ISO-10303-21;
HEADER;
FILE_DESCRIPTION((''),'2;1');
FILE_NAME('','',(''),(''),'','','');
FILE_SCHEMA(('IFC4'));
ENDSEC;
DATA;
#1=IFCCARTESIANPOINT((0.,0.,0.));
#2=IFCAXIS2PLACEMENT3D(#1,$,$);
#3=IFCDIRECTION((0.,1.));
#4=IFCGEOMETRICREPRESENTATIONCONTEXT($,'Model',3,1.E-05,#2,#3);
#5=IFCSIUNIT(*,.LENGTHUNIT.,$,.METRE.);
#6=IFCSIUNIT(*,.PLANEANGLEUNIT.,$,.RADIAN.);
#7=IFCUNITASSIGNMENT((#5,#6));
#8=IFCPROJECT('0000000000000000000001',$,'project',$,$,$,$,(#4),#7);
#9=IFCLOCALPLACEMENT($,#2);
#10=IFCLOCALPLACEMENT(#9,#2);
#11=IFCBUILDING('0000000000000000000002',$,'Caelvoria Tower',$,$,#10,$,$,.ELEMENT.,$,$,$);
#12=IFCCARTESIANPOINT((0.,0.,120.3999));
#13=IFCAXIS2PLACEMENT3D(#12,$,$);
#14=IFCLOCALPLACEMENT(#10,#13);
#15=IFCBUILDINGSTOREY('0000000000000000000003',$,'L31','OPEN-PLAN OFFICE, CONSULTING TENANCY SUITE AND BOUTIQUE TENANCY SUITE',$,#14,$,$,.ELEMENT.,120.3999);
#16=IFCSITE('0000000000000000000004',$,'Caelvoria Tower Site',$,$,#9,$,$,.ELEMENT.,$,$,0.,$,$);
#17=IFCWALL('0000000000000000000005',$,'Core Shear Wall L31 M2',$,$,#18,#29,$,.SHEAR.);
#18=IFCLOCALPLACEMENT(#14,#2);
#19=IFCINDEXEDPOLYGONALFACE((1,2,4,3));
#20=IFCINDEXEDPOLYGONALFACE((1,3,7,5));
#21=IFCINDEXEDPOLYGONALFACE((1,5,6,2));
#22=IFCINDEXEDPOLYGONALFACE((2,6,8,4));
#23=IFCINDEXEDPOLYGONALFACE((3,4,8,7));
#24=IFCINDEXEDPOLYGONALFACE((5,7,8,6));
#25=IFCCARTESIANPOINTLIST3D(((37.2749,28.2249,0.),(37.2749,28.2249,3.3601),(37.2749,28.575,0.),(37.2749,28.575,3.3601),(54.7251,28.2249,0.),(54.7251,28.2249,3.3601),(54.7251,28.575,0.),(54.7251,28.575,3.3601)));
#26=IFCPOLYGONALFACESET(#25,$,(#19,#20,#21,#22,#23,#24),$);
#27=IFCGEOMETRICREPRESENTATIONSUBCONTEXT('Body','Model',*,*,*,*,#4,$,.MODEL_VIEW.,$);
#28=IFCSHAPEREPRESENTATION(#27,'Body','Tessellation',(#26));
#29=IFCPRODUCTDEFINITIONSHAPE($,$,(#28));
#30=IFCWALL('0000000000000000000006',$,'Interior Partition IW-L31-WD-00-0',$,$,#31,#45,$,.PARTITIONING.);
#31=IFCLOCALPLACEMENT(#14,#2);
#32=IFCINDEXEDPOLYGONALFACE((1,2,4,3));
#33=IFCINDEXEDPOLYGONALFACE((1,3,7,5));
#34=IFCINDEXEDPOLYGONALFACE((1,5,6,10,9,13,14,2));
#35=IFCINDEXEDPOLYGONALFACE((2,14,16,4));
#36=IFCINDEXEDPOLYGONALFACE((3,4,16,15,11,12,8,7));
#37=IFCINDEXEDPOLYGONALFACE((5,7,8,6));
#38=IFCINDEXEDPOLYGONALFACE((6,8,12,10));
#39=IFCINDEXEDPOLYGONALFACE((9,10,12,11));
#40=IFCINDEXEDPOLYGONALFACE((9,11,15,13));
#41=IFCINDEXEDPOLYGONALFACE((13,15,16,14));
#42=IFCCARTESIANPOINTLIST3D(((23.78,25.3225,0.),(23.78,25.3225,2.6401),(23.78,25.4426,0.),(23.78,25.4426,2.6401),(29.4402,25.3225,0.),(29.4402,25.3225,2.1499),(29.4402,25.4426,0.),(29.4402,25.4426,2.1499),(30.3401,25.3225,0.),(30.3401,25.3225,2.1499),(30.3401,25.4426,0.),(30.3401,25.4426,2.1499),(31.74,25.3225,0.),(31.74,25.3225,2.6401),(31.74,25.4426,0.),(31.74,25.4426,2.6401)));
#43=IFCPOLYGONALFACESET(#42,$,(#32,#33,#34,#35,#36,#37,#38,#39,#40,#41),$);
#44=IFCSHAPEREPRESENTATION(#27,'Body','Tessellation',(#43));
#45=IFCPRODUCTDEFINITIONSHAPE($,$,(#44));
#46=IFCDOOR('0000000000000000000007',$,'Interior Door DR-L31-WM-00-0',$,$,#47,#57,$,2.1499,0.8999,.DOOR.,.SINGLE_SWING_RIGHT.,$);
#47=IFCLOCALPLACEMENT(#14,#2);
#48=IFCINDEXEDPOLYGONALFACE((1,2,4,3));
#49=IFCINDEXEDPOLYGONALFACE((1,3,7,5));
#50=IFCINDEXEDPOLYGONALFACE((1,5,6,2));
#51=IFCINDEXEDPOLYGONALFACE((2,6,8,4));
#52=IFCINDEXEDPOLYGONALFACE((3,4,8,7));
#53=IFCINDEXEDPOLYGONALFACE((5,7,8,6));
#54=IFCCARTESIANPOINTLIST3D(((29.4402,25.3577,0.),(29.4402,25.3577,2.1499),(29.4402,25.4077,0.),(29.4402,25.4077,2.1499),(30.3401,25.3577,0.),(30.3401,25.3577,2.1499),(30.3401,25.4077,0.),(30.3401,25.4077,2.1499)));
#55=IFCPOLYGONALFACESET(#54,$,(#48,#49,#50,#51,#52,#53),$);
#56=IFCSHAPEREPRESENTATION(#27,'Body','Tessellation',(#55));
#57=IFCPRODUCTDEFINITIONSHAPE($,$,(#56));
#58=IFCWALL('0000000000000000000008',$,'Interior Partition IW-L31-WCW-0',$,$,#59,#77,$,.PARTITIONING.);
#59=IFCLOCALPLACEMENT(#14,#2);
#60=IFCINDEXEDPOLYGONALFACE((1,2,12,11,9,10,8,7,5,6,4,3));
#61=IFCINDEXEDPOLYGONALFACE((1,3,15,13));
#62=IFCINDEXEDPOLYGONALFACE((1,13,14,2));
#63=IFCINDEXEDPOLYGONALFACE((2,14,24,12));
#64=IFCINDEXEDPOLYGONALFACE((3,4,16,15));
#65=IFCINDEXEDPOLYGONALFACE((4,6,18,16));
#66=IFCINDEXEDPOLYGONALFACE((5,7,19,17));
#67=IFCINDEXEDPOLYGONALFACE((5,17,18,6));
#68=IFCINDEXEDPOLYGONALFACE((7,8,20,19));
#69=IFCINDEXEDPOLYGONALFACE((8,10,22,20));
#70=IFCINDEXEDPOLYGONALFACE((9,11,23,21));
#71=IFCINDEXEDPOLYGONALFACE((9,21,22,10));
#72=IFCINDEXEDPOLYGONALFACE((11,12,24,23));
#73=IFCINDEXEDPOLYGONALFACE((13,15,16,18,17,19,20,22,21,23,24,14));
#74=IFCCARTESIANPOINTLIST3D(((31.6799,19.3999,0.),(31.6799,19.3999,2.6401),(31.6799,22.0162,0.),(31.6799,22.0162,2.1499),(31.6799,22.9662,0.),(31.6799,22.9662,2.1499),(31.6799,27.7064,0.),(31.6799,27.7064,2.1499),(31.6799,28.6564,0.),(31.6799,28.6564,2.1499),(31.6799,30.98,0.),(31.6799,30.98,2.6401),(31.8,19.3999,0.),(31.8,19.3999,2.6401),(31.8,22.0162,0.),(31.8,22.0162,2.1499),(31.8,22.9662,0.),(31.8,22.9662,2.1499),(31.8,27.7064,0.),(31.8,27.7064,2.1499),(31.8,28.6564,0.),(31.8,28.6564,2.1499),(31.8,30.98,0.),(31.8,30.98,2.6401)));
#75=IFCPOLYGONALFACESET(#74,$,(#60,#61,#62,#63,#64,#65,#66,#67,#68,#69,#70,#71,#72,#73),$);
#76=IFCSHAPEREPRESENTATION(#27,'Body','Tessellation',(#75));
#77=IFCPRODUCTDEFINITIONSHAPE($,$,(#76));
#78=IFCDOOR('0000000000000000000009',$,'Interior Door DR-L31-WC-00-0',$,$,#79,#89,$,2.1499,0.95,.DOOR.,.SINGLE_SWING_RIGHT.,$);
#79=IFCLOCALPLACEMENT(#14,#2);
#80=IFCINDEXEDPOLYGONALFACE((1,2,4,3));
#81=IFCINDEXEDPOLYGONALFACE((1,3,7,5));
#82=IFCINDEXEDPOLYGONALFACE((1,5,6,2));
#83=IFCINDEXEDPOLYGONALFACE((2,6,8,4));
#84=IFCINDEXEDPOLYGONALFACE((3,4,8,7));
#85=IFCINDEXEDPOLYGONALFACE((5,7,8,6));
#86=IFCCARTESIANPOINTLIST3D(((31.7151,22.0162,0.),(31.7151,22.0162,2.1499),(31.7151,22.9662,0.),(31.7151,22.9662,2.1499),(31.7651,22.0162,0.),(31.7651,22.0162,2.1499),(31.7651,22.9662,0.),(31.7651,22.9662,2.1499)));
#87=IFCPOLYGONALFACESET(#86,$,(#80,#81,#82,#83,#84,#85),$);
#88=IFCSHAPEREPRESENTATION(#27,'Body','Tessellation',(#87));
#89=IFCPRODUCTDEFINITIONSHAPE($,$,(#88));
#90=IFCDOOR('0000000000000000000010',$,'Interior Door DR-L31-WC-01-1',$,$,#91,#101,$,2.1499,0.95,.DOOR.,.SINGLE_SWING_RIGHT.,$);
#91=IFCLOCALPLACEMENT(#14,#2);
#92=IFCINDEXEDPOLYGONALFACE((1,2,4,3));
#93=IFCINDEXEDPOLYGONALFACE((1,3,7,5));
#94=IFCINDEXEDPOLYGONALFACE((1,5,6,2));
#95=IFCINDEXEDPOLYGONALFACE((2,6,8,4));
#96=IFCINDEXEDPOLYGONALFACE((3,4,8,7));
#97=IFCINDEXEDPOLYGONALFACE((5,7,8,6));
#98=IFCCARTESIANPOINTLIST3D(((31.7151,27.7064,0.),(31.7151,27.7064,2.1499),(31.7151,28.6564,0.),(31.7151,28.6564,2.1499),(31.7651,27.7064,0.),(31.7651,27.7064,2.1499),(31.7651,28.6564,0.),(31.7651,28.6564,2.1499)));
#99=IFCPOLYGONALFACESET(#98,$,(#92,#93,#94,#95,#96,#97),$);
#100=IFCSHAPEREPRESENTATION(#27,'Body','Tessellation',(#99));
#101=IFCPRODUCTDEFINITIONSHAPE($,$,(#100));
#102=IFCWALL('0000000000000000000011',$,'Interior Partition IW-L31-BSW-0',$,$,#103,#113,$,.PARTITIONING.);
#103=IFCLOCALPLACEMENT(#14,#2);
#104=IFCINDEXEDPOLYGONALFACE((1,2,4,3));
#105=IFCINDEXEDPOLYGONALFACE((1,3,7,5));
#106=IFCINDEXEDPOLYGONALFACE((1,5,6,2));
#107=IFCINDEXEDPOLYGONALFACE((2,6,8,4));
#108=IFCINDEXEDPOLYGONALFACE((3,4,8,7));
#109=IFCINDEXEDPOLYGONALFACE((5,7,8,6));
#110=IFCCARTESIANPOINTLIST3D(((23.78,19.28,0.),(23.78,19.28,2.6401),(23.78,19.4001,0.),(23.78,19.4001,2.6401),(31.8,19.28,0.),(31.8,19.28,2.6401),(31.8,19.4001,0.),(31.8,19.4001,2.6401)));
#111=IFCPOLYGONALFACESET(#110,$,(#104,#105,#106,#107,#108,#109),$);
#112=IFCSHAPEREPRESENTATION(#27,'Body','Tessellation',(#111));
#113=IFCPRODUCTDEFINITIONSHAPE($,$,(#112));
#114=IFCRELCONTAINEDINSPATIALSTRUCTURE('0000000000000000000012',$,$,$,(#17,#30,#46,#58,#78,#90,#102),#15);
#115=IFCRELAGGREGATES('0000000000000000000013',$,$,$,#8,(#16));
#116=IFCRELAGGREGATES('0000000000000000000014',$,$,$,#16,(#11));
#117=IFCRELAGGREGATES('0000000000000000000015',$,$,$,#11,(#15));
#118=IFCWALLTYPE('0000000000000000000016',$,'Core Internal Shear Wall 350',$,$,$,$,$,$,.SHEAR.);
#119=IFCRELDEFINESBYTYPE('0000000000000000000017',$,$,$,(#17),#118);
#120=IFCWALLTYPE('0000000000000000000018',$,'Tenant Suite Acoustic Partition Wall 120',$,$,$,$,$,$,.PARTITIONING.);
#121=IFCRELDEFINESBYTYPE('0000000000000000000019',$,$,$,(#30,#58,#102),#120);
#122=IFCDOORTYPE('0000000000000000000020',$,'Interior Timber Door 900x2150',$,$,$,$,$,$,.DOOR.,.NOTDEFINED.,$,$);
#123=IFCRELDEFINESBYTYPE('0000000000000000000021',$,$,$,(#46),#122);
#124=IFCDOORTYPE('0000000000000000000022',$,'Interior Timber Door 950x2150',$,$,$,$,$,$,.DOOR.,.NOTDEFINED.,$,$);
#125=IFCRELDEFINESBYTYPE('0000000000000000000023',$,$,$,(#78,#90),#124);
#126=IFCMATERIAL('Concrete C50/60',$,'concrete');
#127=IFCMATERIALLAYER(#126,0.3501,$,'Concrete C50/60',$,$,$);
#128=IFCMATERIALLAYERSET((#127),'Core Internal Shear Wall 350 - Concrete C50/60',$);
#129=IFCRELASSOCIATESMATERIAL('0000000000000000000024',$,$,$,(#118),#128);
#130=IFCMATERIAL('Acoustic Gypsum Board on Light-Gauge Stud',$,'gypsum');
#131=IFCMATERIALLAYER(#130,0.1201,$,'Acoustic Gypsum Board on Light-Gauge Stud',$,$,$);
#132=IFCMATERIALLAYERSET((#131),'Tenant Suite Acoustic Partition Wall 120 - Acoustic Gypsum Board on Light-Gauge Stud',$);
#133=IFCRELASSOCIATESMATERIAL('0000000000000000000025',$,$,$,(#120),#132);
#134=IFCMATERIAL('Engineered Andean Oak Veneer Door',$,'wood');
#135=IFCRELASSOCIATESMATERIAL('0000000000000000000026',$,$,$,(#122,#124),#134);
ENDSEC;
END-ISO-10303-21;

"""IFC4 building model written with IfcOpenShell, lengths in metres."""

from ifc_helpers import new_model, si_unit, direction, frame, frame_2d, origin, place, context, subcontext, project, spatial, rectangle, extrude, material, layer, layer_set, type_object, element, fill, save


model = new_model("IFC4")

# Units and contexts
model_context = context("Model", 3, precision=1e-05, world=origin(), true_north=direction((0.0, 1.0)))
body_context = subcontext(model_context, "Body", "Model", "MODEL_VIEW")
ifc_project = project(units=[si_unit("LENGTHUNIT", "METRE"), si_unit("PLANEANGLEUNIT", "RADIAN")], contexts=[model_context])

# Site, building, storey
site_placement = place(None, origin())
site = spatial("IfcSite", under=ifc_project, at=site_placement, Name="Caelvoria Tower Site", CompositionType="ELEMENT", RefElevation=0.0)
building_placement = place(site_placement, origin())
building = spatial("IfcBuilding", under=site, at=building_placement, Name="Caelvoria Tower", CompositionType="ELEMENT")
storey_placement = place(building_placement, frame((0.0, 0.0, 120.3999)))
storey = spatial("IfcBuildingStorey", under=building, at=storey_placement, Name="L31", Description="OPEN-PLAN OFFICE, CONSULTING TENANCY SUITE AND BOUTIQUE TENANCY SUITE", CompositionType="ELEMENT", Elevation=120.3999)

# Shared definitions
ifc_material_1 = material(Name="Concrete C50/60", Category="concrete")
ifc_layer_1 = layer(ifc_material_1, 0.3501, Name="Concrete C50/60")
ifc_layer_set_1 = layer_set([ifc_layer_1], Name="Core Internal Shear Wall 350 - Concrete C50/60")
wall_type_1 = type_object("IfcWallType", Name="Core Internal Shear Wall 350", PredefinedType="SHEAR", material=ifc_layer_set_1)

# Wall
wall_1_placement = place(storey_placement, frame((37.2749, 28.3999, 0.0), z_axis=(0.0, 0.0, 1.0), x_axis=(1.0, 0.0, 0.0)))
element("IfcWall", 1, at=wall_1_placement, inside=storey, type_object=wall_type_1, Name="Core Shear Wall L31 M2", PredefinedType="SHEAR", context=body_context, shape_type="SweptSolid", body=[
    extrude(rectangle(XDim=17.4502, YDim=0.3501, at=frame_2d((8.7251, 0.0))), origin(), (0.0, 0.0, 1.0), 3.3601),
])

# Wall, opening, door
ifc_material_2 = material(Name="Acoustic Gypsum Board on Light-Gauge Stud", Category="gypsum")
ifc_layer_2 = layer(ifc_material_2, 0.1201, Name="Acoustic Gypsum Board on Light-Gauge Stud")
ifc_layer_set_2 = layer_set([ifc_layer_2], Name="Tenant Suite Acoustic Partition Wall 120 - Acoustic Gypsum Board on Light-Gauge Stud")
wall_type_2 = type_object("IfcWallType", Name="Tenant Suite Acoustic Partition Wall 120", PredefinedType="PARTITIONING", material=ifc_layer_set_2)
wall_2_placement = place(storey_placement, frame((31.74, 25.3826, 0.0), z_axis=(0.0, 0.0, 1.0), x_axis=(-1.0, 0.0, 0.0)))
wall_2 = element("IfcWall", 2, at=wall_2_placement, inside=storey, type_object=wall_type_2, Name="Interior Partition IW-L31-WD-00-0", PredefinedType="PARTITIONING", context=body_context, shape_type="SweptSolid", body=[
    extrude(rectangle(XDim=7.96, YDim=0.1201, at=frame_2d((3.98, 0.0))), origin(), (0.0, 0.0, 1.0), 2.6401),
])
opening_1_placement = place(wall_2_placement, frame((1.3999, 0.0, 0.0)))
opening_1 = element("IfcOpeningElement", 3, at=opening_1_placement, cuts=wall_2, PredefinedType="OPENING", context=body_context, shape_type="SweptSolid", body=[
    extrude(rectangle(XDim=0.8999, YDim=2.1499, at=frame_2d((0.45, 1.075))), frame((0.0, 0.0701, 0.0), z_axis=(0.0, -1.0, 0.0), x_axis=(1.0, 0.0, 0.0)), (0.0, 0.0, 1.0), 0.1401),
])
ifc_material_3 = material(Name="Engineered Andean Oak Veneer Door", Category="wood")
door_type_1 = type_object("IfcDoorType", Name="Interior Timber Door 900x2150", OperationType="NOTDEFINED", PredefinedType="DOOR", material=ifc_material_3)
door_1_placement = place(opening_1_placement, origin())
door_1 = element("IfcDoor", 4, at=door_1_placement, inside=storey, type_object=door_type_1, Name="Interior Door DR-L31-WM-00-0", OperationType="SINGLE_SWING_RIGHT", OverallHeight=2.1499, OverallWidth=0.8999, PredefinedType="DOOR", context=body_context, shape_type="SweptSolid", body=[
    extrude(rectangle(XDim=0.8999, YDim=2.1499, at=frame_2d((0.45, 1.075))), frame((0.0, 0.0249, 0.0), z_axis=(0.0, -1.0, 0.0), x_axis=(1.0, 0.0, 0.0)), (0.0, 0.0, 1.0), 0.05),
])
fill(opening_1, door_1)

# Wall, openings, doors
wall_3_placement = place(storey_placement, frame((31.74, 19.3999, 0.0), z_axis=(0.0, 0.0, 1.0), x_axis=(0.0, 1.0, 0.0)))
wall_3 = element("IfcWall", 5, at=wall_3_placement, inside=storey, type_object=wall_type_2, Name="Interior Partition IW-L31-WCW-0", PredefinedType="PARTITIONING", context=body_context, shape_type="SweptSolid", body=[
    extrude(rectangle(XDim=11.5801, YDim=0.1201, at=frame_2d((5.79, 0.0))), origin(), (0.0, 0.0, 1.0), 2.6401),
])
opening_2_placement = place(wall_3_placement, frame((2.6162, 0.0, 0.0)))
opening_2 = element("IfcOpeningElement", 6, at=opening_2_placement, cuts=wall_3, PredefinedType="OPENING", context=body_context, shape_type="SweptSolid", body=[
    extrude(rectangle(XDim=0.95, YDim=2.1499, at=frame_2d((0.4751, 1.075))), frame((0.0, 0.0701, 0.0), z_axis=(0.0, -1.0, 0.0), x_axis=(1.0, 0.0, 0.0)), (0.0, 0.0, 1.0), 0.1401),
])
opening_3_placement = place(wall_3_placement, frame((8.3064, 0.0, 0.0)))
opening_3 = element("IfcOpeningElement", 7, at=opening_3_placement, cuts=wall_3, PredefinedType="OPENING", context=body_context, shape_type="SweptSolid", body=[
    extrude(rectangle(XDim=0.95, YDim=2.1499, at=frame_2d((0.4751, 1.075))), frame((0.0, 0.0701, 0.0), z_axis=(0.0, -1.0, 0.0), x_axis=(1.0, 0.0, 0.0)), (0.0, 0.0, 1.0), 0.1401),
])
door_type_2 = type_object("IfcDoorType", Name="Interior Timber Door 950x2150", OperationType="NOTDEFINED", PredefinedType="DOOR", material=ifc_material_3)
door_2_placement = place(opening_2_placement, origin())
door_2 = element("IfcDoor", 8, at=door_2_placement, inside=storey, type_object=door_type_2, Name="Interior Door DR-L31-WC-00-0", OperationType="SINGLE_SWING_RIGHT", OverallHeight=2.1499, OverallWidth=0.95, PredefinedType="DOOR", context=body_context, shape_type="SweptSolid", body=[
    extrude(rectangle(XDim=0.95, YDim=2.1499, at=frame_2d((0.4751, 1.075))), frame((0.0, 0.0249, 0.0), z_axis=(0.0, -1.0, 0.0), x_axis=(1.0, 0.0, 0.0)), (0.0, 0.0, 1.0), 0.05),
])
fill(opening_2, door_2)
door_3_placement = place(opening_3_placement, origin())
door_3 = element("IfcDoor", 9, at=door_3_placement, inside=storey, type_object=door_type_2, Name="Interior Door DR-L31-WC-01-1", OperationType="SINGLE_SWING_RIGHT", OverallHeight=2.1499, OverallWidth=0.95, PredefinedType="DOOR", context=body_context, shape_type="SweptSolid", body=[
    extrude(rectangle(XDim=0.95, YDim=2.1499, at=frame_2d((0.4751, 1.075))), frame((0.0, 0.0249, 0.0), z_axis=(0.0, -1.0, 0.0), x_axis=(1.0, 0.0, 0.0)), (0.0, 0.0, 1.0), 0.05),
])
fill(opening_3, door_3)

# Wall
wall_4_placement = place(storey_placement, frame((31.8, 19.3401, 0.0), z_axis=(0.0, 0.0, 1.0), x_axis=(-1.0, 0.0, 0.0)))
element("IfcWall", 10, at=wall_4_placement, inside=storey, type_object=wall_type_2, Name="Interior Partition IW-L31-BSW-0", PredefinedType="PARTITIONING", context=body_context, shape_type="SweptSolid", body=[
    extrude(rectangle(XDim=8.02, YDim=0.1201, at=frame_2d((4.01, 0.0))), origin(), (0.0, 0.0, 1.0), 2.6401),
])

save(model, "model.ifc")
